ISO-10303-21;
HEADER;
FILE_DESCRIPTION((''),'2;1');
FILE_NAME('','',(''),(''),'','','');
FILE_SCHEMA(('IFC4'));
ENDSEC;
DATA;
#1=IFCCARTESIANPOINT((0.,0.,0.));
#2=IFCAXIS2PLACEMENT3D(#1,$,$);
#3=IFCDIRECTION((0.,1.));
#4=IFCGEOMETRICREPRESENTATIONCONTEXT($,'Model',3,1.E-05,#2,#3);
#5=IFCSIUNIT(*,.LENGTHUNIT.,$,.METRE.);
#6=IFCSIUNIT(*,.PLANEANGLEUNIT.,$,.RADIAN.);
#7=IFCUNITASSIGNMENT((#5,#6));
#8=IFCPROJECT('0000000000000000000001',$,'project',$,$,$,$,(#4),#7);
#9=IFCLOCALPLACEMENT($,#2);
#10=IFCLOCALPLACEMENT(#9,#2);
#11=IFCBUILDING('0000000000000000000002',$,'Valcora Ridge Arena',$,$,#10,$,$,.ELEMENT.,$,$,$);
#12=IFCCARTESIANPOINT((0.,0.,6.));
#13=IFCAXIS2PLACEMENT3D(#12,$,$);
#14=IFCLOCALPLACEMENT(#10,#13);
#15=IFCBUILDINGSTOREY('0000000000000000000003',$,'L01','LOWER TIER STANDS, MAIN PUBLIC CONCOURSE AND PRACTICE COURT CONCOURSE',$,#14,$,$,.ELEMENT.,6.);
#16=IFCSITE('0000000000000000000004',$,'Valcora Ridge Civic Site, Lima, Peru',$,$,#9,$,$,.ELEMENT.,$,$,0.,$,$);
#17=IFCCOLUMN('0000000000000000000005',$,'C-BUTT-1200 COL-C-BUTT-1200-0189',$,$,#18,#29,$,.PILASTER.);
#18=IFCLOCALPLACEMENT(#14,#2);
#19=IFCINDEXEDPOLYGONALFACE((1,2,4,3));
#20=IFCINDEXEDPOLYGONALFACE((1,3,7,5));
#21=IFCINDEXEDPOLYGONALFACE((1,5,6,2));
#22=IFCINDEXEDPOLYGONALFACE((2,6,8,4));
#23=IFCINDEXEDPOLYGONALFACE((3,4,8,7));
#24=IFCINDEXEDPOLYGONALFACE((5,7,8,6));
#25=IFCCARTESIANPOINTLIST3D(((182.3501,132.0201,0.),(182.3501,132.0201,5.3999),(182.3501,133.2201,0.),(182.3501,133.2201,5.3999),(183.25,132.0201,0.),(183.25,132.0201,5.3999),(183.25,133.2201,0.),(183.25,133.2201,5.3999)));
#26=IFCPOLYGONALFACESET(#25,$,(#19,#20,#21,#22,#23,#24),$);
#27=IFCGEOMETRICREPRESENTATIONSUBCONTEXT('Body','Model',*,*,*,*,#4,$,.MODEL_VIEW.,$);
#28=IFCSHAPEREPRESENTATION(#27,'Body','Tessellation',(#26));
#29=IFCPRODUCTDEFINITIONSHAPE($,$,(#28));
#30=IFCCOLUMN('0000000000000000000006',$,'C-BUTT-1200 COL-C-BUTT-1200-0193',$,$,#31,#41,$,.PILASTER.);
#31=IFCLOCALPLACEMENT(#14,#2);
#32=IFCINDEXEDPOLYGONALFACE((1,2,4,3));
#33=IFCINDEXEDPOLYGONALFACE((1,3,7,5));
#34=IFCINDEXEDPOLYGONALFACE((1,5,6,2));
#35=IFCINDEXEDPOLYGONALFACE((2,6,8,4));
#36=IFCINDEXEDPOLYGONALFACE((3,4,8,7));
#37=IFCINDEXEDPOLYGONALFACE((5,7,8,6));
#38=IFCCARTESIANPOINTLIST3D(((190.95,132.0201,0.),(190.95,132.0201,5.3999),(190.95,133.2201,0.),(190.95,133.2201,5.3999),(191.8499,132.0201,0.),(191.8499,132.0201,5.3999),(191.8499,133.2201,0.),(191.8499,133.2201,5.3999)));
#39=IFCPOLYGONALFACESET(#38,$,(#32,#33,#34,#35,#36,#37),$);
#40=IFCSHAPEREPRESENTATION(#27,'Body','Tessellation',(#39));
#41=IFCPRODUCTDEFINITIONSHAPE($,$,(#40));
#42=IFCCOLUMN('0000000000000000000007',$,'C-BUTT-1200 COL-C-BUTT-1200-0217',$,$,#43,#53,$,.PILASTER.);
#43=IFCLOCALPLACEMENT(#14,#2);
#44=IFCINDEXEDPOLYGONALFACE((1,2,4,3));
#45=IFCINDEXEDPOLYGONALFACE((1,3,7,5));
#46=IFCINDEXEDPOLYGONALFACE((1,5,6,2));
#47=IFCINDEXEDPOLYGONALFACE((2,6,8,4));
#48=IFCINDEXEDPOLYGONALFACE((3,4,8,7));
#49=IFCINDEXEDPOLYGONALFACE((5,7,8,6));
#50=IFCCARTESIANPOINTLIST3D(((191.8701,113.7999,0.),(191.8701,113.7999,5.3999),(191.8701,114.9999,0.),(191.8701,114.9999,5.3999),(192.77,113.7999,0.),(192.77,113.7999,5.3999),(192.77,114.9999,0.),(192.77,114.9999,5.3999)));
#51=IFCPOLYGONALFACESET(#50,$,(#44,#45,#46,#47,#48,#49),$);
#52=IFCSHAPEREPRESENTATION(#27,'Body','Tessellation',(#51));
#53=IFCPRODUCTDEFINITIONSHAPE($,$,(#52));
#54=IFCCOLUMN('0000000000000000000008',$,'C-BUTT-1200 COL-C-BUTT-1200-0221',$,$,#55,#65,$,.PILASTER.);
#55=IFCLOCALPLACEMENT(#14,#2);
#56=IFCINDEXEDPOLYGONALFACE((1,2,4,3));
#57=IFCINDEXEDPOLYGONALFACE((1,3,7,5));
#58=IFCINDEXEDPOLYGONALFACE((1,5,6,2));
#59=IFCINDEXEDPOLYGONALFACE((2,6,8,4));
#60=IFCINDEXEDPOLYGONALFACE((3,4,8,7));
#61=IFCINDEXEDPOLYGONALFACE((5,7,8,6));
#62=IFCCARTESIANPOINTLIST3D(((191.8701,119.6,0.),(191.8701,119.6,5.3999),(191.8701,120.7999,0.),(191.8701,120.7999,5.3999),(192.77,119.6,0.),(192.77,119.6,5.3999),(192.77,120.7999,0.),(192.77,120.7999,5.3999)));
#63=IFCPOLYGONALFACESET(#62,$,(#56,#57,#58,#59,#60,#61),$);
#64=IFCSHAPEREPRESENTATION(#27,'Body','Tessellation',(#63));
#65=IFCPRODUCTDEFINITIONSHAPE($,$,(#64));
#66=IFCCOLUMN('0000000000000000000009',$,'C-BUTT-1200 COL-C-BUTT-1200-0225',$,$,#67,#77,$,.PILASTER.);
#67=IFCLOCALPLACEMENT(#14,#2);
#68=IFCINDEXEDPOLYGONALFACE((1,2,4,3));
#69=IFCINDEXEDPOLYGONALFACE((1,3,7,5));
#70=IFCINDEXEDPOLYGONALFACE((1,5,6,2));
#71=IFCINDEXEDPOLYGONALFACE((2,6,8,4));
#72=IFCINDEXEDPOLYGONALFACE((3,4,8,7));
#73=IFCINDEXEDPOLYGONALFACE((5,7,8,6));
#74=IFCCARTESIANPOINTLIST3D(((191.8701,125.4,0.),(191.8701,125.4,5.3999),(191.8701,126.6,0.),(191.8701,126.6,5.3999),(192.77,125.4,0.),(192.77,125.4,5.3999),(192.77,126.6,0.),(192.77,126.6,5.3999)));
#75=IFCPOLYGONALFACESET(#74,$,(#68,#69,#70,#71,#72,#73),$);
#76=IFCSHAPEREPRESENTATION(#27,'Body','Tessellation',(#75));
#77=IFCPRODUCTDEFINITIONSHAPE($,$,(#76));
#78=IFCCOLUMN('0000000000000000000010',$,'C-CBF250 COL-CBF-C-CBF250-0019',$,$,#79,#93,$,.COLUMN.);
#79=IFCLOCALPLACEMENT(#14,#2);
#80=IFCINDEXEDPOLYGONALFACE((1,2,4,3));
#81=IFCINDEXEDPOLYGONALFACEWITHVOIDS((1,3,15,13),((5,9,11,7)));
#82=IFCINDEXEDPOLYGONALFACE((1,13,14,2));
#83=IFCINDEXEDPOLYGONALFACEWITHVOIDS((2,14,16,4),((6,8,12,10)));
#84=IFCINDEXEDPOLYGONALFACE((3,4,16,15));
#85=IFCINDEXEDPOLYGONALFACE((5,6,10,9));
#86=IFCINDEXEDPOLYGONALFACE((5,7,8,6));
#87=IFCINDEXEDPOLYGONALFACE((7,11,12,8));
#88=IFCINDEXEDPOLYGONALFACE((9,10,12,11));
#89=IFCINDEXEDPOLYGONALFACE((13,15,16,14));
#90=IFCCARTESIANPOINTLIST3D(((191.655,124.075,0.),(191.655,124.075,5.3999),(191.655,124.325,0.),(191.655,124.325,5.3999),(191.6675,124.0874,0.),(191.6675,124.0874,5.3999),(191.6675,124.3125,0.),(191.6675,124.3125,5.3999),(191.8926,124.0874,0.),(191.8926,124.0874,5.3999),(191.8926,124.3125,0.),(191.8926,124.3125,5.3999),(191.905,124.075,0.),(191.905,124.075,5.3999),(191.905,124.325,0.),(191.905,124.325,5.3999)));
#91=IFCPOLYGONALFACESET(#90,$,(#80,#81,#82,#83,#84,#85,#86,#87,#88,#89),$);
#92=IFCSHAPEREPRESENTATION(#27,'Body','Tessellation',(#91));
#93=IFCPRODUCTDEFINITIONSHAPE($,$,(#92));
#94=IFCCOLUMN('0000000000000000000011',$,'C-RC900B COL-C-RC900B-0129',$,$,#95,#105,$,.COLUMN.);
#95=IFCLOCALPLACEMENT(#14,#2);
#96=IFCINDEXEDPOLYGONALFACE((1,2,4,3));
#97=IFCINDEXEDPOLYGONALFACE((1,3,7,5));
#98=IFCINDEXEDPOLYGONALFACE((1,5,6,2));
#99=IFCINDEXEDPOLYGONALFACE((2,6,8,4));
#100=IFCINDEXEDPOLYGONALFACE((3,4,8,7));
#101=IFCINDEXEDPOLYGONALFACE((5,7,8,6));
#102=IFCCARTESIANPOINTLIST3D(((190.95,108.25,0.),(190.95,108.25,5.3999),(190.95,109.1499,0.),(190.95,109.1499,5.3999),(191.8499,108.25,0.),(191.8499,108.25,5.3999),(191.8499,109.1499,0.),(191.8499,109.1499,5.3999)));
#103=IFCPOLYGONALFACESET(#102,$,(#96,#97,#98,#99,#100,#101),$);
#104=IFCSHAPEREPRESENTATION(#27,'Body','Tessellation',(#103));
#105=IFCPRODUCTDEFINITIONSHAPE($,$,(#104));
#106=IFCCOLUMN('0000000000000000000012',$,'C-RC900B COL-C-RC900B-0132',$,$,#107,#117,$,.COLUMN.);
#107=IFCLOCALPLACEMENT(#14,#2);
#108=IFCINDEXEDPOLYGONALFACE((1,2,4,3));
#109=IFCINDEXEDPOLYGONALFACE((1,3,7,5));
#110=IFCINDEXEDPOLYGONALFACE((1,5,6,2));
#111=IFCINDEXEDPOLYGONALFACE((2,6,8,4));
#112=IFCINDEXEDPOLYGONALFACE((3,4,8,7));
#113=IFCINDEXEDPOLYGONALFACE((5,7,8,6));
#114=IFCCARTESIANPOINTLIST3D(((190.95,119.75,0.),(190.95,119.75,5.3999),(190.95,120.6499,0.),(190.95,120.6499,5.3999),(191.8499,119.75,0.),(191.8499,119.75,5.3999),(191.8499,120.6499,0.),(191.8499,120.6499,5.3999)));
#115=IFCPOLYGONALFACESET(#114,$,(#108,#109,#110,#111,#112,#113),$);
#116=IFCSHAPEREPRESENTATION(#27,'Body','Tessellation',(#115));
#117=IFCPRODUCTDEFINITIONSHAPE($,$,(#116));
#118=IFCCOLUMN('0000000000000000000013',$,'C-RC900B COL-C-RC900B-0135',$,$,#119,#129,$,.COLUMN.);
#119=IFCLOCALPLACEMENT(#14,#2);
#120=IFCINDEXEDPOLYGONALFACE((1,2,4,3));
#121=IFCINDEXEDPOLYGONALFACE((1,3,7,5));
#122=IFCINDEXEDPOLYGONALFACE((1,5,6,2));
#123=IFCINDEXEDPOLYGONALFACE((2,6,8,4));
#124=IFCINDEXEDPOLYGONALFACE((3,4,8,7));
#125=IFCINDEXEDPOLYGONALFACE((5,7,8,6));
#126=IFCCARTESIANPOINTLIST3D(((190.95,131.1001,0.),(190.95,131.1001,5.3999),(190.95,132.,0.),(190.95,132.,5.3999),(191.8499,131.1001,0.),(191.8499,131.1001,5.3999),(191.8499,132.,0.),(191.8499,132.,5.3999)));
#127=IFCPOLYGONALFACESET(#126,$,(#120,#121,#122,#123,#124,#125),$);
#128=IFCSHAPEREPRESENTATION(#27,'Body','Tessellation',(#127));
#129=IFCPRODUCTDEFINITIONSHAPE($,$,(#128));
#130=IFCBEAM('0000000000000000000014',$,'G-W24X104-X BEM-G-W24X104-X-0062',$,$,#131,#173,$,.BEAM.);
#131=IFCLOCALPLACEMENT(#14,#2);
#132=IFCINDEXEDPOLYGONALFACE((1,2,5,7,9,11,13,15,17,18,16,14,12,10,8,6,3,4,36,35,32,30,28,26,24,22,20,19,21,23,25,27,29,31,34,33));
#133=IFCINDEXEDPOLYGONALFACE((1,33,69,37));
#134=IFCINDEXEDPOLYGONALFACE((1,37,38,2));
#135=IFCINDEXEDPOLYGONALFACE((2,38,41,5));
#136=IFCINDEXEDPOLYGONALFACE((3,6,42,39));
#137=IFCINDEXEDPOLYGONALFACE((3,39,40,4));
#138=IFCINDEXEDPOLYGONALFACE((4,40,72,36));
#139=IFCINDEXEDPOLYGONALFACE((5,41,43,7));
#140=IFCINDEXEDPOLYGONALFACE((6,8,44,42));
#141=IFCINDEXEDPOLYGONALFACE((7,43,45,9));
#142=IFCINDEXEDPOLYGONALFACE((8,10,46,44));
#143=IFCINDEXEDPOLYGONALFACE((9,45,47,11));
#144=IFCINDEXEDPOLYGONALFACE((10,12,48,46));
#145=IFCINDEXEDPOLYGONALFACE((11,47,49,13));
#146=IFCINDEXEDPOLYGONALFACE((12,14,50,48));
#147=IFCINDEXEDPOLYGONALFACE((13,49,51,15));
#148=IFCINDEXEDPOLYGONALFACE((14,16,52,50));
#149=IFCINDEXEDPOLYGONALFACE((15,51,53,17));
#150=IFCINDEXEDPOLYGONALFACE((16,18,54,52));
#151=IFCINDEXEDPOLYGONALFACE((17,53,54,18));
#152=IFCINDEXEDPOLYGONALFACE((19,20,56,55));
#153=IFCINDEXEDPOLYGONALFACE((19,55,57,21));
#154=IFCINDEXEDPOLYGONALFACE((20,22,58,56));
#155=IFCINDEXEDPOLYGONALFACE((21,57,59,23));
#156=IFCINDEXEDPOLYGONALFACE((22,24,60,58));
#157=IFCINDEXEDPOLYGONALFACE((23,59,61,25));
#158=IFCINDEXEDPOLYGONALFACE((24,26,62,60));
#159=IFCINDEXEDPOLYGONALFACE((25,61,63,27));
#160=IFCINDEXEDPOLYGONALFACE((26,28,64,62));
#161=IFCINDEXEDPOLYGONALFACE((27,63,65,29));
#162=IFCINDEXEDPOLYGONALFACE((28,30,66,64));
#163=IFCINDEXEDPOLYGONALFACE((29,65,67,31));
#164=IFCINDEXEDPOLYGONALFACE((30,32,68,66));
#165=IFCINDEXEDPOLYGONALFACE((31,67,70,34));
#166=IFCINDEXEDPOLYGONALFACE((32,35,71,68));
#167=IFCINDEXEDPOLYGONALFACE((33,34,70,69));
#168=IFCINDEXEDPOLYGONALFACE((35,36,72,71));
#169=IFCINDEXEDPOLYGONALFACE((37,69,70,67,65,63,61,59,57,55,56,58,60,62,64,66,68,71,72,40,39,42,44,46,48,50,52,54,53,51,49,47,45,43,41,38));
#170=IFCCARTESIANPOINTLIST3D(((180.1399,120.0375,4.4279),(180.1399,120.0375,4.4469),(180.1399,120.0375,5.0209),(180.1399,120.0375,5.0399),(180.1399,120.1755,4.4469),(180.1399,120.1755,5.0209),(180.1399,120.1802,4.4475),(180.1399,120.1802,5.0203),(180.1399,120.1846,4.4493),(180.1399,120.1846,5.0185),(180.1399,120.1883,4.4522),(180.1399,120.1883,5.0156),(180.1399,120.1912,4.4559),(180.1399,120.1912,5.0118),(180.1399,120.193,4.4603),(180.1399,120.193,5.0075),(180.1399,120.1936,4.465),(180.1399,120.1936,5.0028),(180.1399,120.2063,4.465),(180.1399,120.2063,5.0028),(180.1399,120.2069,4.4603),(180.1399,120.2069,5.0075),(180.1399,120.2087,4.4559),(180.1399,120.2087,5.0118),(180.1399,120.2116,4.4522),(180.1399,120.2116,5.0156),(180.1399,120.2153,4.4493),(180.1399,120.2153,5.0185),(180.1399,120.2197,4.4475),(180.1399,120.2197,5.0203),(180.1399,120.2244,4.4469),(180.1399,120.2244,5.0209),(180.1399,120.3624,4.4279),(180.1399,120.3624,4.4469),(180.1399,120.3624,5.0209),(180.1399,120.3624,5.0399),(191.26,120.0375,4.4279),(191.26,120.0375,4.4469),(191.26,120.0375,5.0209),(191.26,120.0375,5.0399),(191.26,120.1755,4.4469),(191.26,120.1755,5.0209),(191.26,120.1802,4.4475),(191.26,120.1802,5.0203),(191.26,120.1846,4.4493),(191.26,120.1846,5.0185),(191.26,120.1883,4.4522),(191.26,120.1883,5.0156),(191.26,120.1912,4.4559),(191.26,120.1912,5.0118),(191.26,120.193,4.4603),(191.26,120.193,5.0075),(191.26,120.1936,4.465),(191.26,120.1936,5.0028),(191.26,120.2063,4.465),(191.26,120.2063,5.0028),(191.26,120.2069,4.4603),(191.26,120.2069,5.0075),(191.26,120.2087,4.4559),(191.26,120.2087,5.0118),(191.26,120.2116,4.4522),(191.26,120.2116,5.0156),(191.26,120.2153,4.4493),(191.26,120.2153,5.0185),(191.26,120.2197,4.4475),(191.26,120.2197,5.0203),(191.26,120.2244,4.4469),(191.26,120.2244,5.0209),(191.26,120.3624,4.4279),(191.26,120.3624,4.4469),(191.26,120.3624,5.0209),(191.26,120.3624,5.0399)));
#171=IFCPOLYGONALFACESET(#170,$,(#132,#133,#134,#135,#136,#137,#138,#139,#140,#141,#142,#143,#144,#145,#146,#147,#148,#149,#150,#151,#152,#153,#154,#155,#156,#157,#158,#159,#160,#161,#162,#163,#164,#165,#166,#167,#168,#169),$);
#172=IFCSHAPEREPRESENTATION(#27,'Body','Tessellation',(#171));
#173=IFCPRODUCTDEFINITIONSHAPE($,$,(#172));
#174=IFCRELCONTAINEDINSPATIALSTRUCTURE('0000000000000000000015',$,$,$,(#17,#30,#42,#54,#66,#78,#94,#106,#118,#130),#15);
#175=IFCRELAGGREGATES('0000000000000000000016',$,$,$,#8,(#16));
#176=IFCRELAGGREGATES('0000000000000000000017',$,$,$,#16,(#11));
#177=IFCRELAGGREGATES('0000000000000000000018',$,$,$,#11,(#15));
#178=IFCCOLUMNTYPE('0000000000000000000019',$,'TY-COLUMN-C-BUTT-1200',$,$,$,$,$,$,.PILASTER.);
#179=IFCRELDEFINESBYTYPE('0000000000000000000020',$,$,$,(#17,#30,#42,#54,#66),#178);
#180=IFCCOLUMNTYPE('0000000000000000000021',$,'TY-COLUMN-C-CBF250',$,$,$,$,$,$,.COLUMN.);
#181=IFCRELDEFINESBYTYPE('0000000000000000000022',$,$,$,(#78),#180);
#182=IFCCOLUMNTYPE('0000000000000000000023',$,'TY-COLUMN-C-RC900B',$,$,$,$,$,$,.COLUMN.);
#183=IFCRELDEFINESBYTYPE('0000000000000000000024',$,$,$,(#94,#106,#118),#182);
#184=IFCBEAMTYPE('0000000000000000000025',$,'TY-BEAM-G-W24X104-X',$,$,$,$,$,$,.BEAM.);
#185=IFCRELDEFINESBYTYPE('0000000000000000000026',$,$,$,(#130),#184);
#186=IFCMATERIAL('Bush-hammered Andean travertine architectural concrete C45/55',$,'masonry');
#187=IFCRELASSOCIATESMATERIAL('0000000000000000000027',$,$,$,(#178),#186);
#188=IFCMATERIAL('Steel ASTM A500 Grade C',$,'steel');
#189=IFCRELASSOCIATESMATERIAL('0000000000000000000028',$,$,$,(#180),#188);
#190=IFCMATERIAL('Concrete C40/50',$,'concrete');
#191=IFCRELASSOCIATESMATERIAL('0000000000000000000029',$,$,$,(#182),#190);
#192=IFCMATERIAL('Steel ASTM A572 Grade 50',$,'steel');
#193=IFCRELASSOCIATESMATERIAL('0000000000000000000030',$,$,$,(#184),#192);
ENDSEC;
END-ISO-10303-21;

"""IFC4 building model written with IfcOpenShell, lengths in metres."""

from ifc_helpers import new_model, si_unit, direction, frame, origin, origin_2d, place, context, subcontext, project, spatial, rectangle, hollow_rectangle, i_section, extrude, material, material_profile, profile_set, type_object, element, save


model = new_model("IFC4")

# Units and contexts
model_context = context("Model", 3, precision=1e-05, world=origin(), true_north=direction((0.0, 1.0)))
body_context = subcontext(model_context, "Body", "Model", "MODEL_VIEW")
ifc_project = project(units=[si_unit("LENGTHUNIT", "METRE"), si_unit("PLANEANGLEUNIT", "RADIAN")], contexts=[model_context])

# Site, building, storey
site_placement = place(None, origin())
site = spatial("IfcSite", under=ifc_project, at=site_placement, Name="Valcora Ridge Civic Site, Lima, Peru", CompositionType="ELEMENT", RefElevation=0.0)
building_placement = place(site_placement, origin())
building = spatial("IfcBuilding", under=site, at=building_placement, Name="Valcora Ridge Arena", CompositionType="ELEMENT")
storey_placement = place(building_placement, frame((0.0, 0.0, 6.0)))
storey = spatial("IfcBuildingStorey", under=building, at=storey_placement, Name="L01", Description="LOWER TIER STANDS, MAIN PUBLIC CONCOURSE AND PRACTICE COURT CONCOURSE", CompositionType="ELEMENT", Elevation=6.0)

# Columns
ifc_material_1 = material(Name="Bush-hammered Andean travertine architectural concrete C45/55", Category="masonry")
ifc_material_profile_1 = material_profile(ifc_material_1, rectangle(XDim=0.8999, YDim=1.2, at=origin_2d()), Name="RC 900x1200")
ifc_profile_set_1 = profile_set([ifc_material_profile_1], Name="Bush-hammered Andean travertine architectural concrete C45/55")
column_type_1 = type_object("IfcColumnType", Name="TY-COLUMN-C-BUTT-1200", PredefinedType="PILASTER", material=ifc_profile_set_1)
for number, where, z_axis, x_axis, name in (
    (1, (182.8, 132.6201, 0.0), (0.0, 0.0, 1.0), (1.0, 0.0, 0.0), "C-BUTT-1200 COL-C-BUTT-1200-0189"),
    (2, (191.3999, 132.6201, 0.0), (0.0, 0.0, 1.0), (1.0, 0.0, 0.0), "C-BUTT-1200 COL-C-BUTT-1200-0193"),
    (3, (192.3201, 114.3999, 0.0), (0.0, 0.0, 1.0), (1.0, 0.0, 0.0), "C-BUTT-1200 COL-C-BUTT-1200-0217"),
    (4, (192.3201, 120.2, 0.0), (0.0, 0.0, 1.0), (1.0, 0.0, 0.0), "C-BUTT-1200 COL-C-BUTT-1200-0221"),
    (5, (192.3201, 126.0, 0.0), (0.0, 0.0, 1.0), (1.0, 0.0, 0.0), "C-BUTT-1200 COL-C-BUTT-1200-0225"),
):
    element("IfcColumn", number, at=place(storey_placement, frame(where, z_axis=z_axis, x_axis=x_axis)), inside=storey, type_object=column_type_1, Name=name, PredefinedType="PILASTER", context=body_context, shape_type="SweptSolid", body=[
        extrude(rectangle(XDim=0.8999, YDim=1.2, at=origin_2d()), origin(), (0.0, 0.0, 1.0), 5.3999),
    ])
ifc_material_2 = material(Name="Steel ASTM A500 Grade C", Category="steel")
ifc_material_profile_2 = material_profile(ifc_material_2, hollow_rectangle(XDim=0.25, YDim=0.25, WallThickness=0.0125, at=origin_2d()), Name="HSS250X250X12")
ifc_profile_set_2 = profile_set([ifc_material_profile_2], Name="Steel ASTM A500 Grade C")
column_type_2 = type_object("IfcColumnType", Name="TY-COLUMN-C-CBF250", PredefinedType="COLUMN", material=ifc_profile_set_2)
column_placement = place(storey_placement, frame((191.78, 124.2, 0.0), z_axis=(0.0, 0.0, 1.0), x_axis=(1.0, 0.0, 0.0)))
element("IfcColumn", 6, at=column_placement, inside=storey, type_object=column_type_2, Name="C-CBF250 COL-CBF-C-CBF250-0019", PredefinedType="COLUMN", context=body_context, shape_type="SweptSolid", body=[
    extrude(hollow_rectangle(XDim=0.25, YDim=0.25, WallThickness=0.0125, at=origin_2d()), origin(), (0.0, 0.0, 1.0), 5.3999),
])
ifc_material_3 = material(Name="Concrete C40/50", Category="concrete")
ifc_material_profile_3 = material_profile(ifc_material_3, rectangle(XDim=0.8999, YDim=0.8999, at=origin_2d()), Name="RC 900x900")
ifc_profile_set_3 = profile_set([ifc_material_profile_3], Name="Concrete C40/50")
column_type_3 = type_object("IfcColumnType", Name="TY-COLUMN-C-RC900B", PredefinedType="COLUMN", material=ifc_profile_set_3)
for number, where, z_axis, x_axis, name in (
    (7, (191.3999, 108.7, 0.0), (0.0, 0.0, 1.0), (1.0, 0.0, 0.0), "C-RC900B COL-C-RC900B-0129"),
    (8, (191.3999, 120.2, 0.0), (0.0, 0.0, 1.0), (1.0, 0.0, 0.0), "C-RC900B COL-C-RC900B-0132"),
    (9, (191.3999, 131.55, 0.0), (0.0, 0.0, 1.0), (1.0, 0.0, 0.0), "C-RC900B COL-C-RC900B-0135"),
):
    element("IfcColumn", number, at=place(storey_placement, frame(where, z_axis=z_axis, x_axis=x_axis)), inside=storey, type_object=column_type_3, Name=name, PredefinedType="COLUMN", context=body_context, shape_type="SweptSolid", body=[
        extrude(rectangle(XDim=0.8999, YDim=0.8999, at=origin_2d()), origin(), (0.0, 0.0, 1.0), 5.3999),
    ])

# Beam
ifc_material_4 = material(Name="Steel ASTM A572 Grade 50", Category="steel")
ifc_material_profile_4 = material_profile(ifc_material_4, i_section(OverallWidth=0.325, OverallDepth=0.6121, WebThickness=0.0127, FlangeThickness=0.019, FilletRadius=0.0181, at=origin_2d()), Name="W24X104")
ifc_profile_set_4 = profile_set([ifc_material_profile_4], Name="Steel ASTM A572 Grade 50")
beam_type_1 = type_object("IfcBeamType", Name="TY-BEAM-G-W24X104-X", PredefinedType="BEAM", material=ifc_profile_set_4)
beam_1_placement = place(storey_placement, frame((180.1399, 120.2, 4.7339), z_axis=(1.0, 0.0, 0.0), x_axis=(0.0, 1.0, 0.0)))
element("IfcBeam", 10, at=beam_1_placement, inside=storey, type_object=beam_type_1, Name="G-W24X104-X BEM-G-W24X104-X-0062", PredefinedType="BEAM", context=body_context, shape_type="SweptSolid", body=[
    extrude(i_section(OverallWidth=0.325, OverallDepth=0.6121, WebThickness=0.0127, FlangeThickness=0.019, FilletRadius=0.0181, at=origin_2d()), origin(), (0.0, 0.0, 1.0), 11.1201),
])

save(model, "model.ifc")
